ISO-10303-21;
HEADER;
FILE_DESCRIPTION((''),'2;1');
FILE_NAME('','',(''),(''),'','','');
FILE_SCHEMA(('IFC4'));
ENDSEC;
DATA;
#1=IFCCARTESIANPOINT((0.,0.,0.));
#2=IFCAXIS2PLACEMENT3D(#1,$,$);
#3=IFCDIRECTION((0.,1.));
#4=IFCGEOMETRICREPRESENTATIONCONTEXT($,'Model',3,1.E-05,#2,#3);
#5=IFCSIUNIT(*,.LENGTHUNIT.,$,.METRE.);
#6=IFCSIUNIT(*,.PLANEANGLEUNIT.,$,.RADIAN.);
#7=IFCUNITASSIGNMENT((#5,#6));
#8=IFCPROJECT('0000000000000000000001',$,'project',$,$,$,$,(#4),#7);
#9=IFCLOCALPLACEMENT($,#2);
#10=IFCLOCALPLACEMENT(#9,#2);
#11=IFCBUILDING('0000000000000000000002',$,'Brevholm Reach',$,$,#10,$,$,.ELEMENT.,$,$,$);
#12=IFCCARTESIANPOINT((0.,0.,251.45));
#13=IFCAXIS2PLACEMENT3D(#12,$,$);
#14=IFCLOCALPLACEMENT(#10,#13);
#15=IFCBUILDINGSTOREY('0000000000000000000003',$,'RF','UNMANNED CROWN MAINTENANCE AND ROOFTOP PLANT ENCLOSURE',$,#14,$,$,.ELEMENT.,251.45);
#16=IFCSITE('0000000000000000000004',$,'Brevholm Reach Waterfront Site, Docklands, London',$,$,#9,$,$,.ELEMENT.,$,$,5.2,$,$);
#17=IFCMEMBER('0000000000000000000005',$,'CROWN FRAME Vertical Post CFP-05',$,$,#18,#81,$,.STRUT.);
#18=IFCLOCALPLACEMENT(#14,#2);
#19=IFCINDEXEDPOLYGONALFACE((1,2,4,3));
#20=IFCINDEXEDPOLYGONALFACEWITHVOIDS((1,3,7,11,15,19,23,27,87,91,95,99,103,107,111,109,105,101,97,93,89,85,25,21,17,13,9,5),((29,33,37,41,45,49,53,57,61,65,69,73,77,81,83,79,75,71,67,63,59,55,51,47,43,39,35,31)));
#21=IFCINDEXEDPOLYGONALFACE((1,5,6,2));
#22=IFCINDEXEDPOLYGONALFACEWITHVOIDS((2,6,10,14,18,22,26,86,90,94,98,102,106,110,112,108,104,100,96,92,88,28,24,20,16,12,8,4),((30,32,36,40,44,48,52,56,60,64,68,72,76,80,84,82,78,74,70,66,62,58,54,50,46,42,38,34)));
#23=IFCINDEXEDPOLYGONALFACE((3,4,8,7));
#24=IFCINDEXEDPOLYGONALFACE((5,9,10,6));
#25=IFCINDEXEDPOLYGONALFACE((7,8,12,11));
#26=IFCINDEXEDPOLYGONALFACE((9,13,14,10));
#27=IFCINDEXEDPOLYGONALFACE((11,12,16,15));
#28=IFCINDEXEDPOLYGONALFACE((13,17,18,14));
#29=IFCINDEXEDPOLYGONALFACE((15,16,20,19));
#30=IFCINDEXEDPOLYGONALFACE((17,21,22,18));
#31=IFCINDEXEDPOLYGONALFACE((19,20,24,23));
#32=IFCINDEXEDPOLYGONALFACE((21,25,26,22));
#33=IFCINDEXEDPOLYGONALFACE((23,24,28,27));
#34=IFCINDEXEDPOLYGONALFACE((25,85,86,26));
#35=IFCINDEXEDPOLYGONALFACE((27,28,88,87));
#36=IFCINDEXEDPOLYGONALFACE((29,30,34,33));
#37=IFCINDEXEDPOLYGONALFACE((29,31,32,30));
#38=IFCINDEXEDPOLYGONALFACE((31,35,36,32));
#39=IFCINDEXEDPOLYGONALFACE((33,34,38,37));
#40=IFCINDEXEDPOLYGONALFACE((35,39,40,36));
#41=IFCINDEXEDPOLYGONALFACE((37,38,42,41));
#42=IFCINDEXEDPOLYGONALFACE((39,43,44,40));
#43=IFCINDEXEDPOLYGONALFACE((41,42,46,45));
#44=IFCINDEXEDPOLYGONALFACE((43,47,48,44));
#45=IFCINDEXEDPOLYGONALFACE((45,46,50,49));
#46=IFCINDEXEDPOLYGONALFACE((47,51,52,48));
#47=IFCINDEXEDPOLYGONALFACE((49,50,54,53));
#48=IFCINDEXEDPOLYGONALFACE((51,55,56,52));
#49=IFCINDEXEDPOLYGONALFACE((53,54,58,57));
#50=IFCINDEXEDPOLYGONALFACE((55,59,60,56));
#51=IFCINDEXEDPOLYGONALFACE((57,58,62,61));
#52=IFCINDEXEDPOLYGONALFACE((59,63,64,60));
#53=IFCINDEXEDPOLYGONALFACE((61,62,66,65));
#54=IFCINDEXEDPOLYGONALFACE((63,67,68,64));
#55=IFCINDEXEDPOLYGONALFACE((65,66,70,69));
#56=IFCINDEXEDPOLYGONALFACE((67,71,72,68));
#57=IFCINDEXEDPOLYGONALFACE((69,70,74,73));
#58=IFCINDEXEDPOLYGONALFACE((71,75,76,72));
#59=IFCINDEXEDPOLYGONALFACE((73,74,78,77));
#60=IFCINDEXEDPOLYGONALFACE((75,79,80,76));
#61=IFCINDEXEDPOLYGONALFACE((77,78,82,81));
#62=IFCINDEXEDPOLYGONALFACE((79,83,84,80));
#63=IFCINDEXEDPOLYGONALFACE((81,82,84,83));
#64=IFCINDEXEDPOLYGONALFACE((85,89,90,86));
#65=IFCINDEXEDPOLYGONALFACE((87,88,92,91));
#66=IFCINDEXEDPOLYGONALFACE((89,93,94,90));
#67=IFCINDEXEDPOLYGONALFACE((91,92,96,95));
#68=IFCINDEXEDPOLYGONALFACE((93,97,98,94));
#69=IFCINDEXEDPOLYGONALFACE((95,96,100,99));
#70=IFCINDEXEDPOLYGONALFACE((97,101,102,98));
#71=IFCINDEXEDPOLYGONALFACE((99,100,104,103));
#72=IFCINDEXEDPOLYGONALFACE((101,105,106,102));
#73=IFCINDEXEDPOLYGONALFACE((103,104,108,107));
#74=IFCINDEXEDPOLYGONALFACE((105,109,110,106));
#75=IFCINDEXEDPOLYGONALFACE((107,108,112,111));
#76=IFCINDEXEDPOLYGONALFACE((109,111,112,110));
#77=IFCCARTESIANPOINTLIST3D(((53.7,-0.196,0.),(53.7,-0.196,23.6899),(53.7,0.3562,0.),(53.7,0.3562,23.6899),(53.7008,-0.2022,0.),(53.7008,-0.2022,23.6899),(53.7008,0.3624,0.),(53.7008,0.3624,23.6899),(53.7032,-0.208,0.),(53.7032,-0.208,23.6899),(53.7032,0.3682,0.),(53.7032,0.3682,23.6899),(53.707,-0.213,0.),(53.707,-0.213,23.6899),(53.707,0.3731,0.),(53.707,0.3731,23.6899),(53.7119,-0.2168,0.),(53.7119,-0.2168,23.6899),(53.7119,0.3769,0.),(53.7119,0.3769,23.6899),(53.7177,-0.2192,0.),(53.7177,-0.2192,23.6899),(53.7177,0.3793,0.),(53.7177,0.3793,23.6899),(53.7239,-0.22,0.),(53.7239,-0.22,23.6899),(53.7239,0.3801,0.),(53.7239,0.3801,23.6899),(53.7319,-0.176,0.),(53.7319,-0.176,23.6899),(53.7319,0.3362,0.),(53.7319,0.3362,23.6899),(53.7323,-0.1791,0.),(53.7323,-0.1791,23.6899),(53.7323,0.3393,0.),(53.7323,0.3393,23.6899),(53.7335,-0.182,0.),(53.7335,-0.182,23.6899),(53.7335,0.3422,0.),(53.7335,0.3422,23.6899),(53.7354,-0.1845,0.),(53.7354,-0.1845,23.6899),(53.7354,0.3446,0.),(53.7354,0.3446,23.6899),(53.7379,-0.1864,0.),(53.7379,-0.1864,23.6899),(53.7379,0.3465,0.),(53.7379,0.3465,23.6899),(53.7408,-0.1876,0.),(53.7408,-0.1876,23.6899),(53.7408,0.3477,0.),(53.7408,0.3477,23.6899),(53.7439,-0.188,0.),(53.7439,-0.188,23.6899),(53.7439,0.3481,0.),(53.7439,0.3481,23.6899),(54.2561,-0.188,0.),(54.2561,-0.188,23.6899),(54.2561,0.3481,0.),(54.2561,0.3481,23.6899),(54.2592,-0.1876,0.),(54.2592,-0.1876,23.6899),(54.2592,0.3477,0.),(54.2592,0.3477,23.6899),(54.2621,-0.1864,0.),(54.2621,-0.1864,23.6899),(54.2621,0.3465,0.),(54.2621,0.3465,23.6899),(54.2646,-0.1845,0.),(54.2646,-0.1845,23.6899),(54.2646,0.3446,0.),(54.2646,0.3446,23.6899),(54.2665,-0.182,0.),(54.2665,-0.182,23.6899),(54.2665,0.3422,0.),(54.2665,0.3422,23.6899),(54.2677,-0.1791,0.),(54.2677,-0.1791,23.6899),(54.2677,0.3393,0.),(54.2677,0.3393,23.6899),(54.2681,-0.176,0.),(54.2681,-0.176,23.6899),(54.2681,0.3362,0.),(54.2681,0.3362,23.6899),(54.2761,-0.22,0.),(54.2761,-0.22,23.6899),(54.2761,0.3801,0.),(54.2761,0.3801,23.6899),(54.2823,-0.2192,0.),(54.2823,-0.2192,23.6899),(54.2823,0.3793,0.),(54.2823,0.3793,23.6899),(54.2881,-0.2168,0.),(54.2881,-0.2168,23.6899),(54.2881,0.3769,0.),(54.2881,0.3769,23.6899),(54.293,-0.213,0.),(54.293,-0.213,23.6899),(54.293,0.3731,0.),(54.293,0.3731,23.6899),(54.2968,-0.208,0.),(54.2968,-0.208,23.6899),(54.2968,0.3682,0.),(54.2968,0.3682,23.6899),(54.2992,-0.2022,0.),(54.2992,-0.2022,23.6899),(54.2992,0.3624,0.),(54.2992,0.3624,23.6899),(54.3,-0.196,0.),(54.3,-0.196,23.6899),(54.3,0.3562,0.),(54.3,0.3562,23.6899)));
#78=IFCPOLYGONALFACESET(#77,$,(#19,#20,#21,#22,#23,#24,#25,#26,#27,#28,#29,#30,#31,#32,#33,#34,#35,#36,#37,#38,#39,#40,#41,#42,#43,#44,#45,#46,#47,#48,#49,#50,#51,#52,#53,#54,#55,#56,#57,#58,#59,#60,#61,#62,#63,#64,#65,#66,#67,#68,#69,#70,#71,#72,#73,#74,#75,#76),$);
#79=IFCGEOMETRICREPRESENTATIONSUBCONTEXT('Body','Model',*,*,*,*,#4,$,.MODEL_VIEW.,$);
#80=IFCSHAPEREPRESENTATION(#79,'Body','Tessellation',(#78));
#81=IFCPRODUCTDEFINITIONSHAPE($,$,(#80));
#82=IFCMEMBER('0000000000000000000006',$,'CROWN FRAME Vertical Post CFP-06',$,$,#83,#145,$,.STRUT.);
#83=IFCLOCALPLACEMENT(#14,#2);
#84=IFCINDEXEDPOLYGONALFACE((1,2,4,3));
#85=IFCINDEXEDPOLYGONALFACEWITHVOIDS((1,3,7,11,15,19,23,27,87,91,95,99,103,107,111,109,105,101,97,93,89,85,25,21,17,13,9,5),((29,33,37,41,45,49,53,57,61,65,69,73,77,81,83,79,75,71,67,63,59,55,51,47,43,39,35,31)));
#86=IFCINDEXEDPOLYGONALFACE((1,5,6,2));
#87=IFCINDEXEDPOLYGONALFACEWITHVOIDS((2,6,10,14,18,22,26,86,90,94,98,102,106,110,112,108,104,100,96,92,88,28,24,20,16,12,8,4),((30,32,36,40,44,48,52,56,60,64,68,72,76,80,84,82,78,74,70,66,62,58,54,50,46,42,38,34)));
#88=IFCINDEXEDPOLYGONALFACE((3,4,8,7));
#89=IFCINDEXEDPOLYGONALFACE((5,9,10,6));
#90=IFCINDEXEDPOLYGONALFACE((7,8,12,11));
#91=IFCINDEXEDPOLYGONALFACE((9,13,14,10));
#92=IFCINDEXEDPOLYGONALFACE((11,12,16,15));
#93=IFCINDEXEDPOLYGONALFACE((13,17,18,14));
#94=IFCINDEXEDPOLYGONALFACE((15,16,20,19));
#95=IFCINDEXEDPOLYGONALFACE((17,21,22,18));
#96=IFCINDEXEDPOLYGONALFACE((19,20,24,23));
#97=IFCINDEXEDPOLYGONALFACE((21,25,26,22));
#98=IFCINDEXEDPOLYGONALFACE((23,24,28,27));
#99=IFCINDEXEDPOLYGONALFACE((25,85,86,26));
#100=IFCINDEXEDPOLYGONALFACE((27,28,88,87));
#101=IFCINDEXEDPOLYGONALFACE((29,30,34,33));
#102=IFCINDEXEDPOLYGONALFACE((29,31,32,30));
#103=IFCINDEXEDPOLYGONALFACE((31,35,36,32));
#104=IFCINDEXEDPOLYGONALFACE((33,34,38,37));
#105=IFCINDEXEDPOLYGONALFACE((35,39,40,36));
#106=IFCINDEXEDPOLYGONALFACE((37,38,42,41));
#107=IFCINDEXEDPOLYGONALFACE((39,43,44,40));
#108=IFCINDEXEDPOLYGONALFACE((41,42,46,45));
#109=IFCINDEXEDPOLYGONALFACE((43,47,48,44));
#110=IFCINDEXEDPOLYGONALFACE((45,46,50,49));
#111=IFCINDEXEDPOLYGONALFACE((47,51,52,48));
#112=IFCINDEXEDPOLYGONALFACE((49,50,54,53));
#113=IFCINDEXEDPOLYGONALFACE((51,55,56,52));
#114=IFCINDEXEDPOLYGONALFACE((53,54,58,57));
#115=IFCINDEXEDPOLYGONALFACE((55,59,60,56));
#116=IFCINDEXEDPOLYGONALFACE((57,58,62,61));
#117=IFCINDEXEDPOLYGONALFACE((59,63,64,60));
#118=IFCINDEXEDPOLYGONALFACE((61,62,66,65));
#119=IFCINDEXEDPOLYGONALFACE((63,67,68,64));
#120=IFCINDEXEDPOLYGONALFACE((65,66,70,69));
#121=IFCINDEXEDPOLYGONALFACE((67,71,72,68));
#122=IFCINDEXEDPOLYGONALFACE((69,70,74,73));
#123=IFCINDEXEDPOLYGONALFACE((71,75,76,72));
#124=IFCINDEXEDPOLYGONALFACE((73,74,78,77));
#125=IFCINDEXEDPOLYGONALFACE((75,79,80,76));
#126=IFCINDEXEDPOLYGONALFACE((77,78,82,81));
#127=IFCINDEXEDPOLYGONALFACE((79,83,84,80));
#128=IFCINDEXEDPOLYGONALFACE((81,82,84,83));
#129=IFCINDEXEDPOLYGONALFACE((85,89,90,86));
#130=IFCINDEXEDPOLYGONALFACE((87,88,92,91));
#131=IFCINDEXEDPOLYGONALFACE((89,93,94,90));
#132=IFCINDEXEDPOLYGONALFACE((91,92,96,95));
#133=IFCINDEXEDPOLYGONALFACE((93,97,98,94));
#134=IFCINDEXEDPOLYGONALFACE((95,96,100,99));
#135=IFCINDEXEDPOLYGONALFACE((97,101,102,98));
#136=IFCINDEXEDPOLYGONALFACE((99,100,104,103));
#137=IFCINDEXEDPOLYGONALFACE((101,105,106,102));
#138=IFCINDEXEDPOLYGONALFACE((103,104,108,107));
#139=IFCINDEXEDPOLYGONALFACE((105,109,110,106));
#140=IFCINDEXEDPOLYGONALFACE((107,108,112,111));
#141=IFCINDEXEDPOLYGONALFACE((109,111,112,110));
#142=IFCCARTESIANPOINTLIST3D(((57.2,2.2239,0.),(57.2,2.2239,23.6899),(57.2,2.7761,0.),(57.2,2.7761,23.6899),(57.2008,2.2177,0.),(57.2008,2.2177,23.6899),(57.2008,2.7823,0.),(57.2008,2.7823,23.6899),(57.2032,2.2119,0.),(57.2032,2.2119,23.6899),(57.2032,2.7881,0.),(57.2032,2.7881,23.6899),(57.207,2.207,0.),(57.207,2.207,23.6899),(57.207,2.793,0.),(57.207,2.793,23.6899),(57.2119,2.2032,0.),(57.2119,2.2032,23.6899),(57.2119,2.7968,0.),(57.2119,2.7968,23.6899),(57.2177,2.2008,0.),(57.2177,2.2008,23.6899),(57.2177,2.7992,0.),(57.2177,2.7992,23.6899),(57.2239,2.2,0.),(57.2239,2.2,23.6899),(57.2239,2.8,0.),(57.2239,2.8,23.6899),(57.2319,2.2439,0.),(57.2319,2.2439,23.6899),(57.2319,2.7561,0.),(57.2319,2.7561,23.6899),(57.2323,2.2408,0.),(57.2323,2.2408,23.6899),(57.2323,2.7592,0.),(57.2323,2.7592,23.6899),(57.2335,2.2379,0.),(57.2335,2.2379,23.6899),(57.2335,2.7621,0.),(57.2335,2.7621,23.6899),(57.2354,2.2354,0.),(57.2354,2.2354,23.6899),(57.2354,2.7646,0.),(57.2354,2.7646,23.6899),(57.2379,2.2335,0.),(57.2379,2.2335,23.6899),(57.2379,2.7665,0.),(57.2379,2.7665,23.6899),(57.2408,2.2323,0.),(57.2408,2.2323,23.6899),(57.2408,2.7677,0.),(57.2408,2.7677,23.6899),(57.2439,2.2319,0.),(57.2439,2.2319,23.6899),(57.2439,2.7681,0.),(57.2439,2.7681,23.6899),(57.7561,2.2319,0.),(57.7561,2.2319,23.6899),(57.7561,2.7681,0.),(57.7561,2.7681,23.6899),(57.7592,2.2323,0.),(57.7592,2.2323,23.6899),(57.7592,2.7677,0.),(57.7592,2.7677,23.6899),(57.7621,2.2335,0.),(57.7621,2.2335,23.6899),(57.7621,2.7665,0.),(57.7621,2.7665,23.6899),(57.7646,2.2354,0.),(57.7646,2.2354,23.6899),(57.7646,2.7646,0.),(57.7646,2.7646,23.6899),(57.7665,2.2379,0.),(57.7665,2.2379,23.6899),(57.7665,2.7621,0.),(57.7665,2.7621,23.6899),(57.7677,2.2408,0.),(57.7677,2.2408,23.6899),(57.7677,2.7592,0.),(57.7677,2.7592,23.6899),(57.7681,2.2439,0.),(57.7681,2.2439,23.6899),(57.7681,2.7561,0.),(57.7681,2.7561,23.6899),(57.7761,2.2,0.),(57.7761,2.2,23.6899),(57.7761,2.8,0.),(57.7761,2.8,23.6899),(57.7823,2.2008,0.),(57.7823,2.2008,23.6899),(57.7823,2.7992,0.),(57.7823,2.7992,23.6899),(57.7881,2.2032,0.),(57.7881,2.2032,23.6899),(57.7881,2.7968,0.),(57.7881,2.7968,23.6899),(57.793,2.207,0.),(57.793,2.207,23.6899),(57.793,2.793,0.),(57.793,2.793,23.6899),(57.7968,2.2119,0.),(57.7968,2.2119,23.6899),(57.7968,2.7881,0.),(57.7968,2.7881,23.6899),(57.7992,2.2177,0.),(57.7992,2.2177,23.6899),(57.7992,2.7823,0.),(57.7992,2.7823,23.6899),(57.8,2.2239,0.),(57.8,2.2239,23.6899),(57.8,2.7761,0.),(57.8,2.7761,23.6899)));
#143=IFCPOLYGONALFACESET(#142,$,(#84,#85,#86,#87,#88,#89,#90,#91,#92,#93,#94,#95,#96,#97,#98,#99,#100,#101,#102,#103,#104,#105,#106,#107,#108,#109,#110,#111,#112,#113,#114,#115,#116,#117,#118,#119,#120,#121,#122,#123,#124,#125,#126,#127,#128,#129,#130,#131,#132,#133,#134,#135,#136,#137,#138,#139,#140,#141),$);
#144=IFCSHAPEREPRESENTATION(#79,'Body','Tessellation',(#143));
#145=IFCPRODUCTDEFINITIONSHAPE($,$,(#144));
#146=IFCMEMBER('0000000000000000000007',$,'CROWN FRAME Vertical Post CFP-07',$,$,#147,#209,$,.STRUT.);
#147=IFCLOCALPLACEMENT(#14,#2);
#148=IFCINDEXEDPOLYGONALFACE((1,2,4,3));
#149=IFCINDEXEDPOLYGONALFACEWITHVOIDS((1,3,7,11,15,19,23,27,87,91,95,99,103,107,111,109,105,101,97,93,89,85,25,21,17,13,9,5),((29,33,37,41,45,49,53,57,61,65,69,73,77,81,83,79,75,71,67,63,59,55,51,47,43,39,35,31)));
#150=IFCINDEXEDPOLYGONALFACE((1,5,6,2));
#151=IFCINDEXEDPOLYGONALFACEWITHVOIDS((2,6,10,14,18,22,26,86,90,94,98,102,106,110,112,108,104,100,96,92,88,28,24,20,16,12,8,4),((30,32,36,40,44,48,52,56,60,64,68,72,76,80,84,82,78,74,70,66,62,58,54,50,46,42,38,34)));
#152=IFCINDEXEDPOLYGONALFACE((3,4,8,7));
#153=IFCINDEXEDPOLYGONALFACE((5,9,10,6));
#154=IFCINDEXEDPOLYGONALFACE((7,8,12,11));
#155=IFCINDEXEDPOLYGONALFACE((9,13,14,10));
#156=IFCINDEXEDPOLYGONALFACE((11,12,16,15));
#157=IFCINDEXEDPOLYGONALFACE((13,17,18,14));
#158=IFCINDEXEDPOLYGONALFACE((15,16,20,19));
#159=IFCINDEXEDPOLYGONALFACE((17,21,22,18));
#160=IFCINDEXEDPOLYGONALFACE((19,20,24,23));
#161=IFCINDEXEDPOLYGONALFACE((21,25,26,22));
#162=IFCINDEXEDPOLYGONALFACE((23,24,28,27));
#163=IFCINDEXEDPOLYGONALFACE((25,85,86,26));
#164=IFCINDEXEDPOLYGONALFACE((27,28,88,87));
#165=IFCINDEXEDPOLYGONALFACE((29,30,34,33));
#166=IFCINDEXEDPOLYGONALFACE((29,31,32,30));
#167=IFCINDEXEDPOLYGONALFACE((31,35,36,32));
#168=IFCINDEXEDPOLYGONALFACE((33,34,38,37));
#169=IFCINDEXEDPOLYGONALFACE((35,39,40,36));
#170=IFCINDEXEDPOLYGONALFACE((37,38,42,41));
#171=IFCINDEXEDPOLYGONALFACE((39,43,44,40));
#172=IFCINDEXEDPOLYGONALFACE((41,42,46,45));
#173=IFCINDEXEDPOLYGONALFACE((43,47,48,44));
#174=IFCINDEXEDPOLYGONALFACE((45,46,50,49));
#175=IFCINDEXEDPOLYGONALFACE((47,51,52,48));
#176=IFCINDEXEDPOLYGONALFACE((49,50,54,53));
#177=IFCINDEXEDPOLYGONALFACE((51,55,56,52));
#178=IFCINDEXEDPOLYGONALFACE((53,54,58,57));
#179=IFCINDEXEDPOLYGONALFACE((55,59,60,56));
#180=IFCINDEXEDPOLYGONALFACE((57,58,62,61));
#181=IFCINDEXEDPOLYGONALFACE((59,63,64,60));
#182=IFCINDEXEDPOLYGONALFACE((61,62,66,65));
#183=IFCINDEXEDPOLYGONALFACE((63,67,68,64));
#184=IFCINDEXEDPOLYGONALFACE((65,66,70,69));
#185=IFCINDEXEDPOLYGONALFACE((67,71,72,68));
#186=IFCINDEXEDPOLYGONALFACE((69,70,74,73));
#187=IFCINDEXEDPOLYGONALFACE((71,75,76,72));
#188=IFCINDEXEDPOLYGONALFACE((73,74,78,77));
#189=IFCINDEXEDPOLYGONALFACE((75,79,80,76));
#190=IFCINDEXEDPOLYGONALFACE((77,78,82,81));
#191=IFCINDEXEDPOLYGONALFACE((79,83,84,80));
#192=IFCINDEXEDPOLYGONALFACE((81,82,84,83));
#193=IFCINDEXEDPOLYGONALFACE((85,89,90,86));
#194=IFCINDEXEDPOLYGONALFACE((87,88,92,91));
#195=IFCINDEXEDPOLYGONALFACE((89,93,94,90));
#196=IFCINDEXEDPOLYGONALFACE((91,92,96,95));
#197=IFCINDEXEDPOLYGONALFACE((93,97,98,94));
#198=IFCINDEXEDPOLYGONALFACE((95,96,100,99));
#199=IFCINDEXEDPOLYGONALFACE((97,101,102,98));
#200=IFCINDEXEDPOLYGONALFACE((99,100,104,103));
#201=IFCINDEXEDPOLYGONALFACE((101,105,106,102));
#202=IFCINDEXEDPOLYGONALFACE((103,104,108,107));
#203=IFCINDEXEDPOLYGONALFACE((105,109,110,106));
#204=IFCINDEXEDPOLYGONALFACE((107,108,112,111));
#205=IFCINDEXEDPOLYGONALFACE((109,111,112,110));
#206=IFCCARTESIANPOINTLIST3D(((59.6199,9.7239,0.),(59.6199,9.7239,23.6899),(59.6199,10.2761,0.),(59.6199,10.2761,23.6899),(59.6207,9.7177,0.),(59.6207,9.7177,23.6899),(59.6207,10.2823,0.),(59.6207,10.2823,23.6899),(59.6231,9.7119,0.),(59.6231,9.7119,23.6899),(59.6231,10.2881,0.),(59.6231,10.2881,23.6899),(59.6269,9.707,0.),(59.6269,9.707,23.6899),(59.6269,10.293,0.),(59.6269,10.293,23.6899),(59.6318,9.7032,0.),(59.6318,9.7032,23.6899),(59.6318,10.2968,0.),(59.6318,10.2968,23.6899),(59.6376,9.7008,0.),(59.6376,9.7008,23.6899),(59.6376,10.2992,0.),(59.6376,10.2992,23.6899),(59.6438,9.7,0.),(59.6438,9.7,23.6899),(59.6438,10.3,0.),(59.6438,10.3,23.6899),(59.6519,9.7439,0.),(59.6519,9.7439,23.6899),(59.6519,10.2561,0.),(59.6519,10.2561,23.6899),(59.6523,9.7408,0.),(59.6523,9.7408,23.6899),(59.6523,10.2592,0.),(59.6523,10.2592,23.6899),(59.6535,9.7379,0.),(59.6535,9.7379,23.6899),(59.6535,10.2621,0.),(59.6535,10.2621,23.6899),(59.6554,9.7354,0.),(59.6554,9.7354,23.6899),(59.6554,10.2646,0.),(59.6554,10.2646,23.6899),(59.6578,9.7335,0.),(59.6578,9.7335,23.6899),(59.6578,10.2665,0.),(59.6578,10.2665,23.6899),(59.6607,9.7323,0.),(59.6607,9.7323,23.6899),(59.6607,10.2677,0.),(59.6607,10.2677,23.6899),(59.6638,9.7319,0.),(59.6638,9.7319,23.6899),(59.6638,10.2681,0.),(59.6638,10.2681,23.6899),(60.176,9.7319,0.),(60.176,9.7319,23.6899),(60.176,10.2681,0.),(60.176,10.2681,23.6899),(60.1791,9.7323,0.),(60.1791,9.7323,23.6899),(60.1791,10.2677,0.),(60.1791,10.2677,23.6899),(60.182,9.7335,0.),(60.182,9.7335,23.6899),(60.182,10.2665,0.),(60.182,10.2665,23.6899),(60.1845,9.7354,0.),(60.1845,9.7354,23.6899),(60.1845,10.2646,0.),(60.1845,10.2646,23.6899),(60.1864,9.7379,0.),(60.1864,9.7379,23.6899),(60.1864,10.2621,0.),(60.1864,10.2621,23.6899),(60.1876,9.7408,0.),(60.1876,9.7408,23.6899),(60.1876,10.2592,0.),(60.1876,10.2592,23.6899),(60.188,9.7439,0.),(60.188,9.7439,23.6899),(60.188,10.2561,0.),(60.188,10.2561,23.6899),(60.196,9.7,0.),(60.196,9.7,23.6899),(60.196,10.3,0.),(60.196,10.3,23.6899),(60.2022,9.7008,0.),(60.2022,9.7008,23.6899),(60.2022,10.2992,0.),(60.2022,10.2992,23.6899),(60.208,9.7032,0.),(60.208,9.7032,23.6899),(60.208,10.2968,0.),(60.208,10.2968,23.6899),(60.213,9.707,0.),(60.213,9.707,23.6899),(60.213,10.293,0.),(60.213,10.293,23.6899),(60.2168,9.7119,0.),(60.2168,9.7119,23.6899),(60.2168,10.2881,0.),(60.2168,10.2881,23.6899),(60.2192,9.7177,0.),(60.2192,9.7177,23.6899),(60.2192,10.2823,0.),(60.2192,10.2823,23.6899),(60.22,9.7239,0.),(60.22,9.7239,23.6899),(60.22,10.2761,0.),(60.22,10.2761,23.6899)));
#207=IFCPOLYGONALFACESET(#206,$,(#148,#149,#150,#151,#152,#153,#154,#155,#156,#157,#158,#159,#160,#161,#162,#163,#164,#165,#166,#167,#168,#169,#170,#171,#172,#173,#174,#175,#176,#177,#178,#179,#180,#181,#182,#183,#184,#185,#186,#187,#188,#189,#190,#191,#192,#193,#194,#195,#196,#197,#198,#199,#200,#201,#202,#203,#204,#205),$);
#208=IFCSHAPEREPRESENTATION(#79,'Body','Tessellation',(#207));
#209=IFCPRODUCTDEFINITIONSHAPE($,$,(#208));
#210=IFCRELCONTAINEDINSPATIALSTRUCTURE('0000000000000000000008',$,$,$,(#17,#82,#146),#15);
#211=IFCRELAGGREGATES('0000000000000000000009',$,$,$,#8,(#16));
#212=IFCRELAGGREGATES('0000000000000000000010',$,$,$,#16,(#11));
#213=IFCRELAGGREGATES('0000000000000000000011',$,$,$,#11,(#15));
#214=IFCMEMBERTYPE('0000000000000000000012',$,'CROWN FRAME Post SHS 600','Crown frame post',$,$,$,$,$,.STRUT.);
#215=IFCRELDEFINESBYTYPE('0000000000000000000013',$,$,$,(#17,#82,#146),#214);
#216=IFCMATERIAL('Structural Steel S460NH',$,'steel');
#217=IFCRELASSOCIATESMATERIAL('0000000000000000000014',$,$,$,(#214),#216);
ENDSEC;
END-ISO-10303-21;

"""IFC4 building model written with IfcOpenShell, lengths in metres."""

from ifc_helpers import new_model, si_unit, direction, frame, origin, origin_2d, place, context, subcontext, project, spatial, hollow_rectangle, extrude, material, material_profile, profile_set, type_object, element, save


model = new_model("IFC4")

# Units and contexts
model_context = context("Model", 3, precision=1e-05, world=origin(), true_north=direction((0.0, 1.0)))
body_context = subcontext(model_context, "Body", "Model", "MODEL_VIEW")
ifc_project = project(units=[si_unit("LENGTHUNIT", "METRE"), si_unit("PLANEANGLEUNIT", "RADIAN")], contexts=[model_context])

# Site, building, storey
site_placement = place(None, origin())
site = spatial("IfcSite", under=ifc_project, at=site_placement, Name="Brevholm Reach Waterfront Site, Docklands, London", CompositionType="ELEMENT", RefElevation=5.2)
building_placement = place(site_placement, origin())
building = spatial("IfcBuilding", under=site, at=building_placement, Name="Brevholm Reach", CompositionType="ELEMENT")
storey_placement = place(building_placement, frame((0.0, 0.0, 251.45)))
storey = spatial("IfcBuildingStorey", under=building, at=storey_placement, Name="RF", Description="UNMANNED CROWN MAINTENANCE AND ROOFTOP PLANT ENCLOSURE", CompositionType="ELEMENT", Elevation=251.45)

# Members
ifc_material_1 = material(Name="Structural Steel S460NH", Category="steel")
ifc_material_profile_1 = material_profile(ifc_material_1, hollow_rectangle(XDim=0.6001, YDim=0.6001, WallThickness=0.032, InnerFilletRadius=0.012, OuterFilletRadius=0.0239, at=origin_2d()), Name="SHS 600x600x32")
ifc_profile_set_1 = profile_set([ifc_material_profile_1], Name="Structural Steel S460NH")
member_type_1 = type_object("IfcMemberType", Name="CROWN FRAME Post SHS 600", Description="Crown frame post", PredefinedType="STRUT", material=ifc_profile_set_1)
for number, where, z_axis, x_axis, name in (
    (1, (54.0, 0.0801, 0.0), (0.0, 0.0, 1.0), (1.0, 0.0, 0.0), "CROWN FRAME Vertical Post CFP-05"),
    (2, (57.5, 2.5, 0.0), (0.0, 0.0, 1.0), (1.0, 0.0, 0.0), "CROWN FRAME Vertical Post CFP-06"),
    (3, (59.9199, 10.0, 0.0), (0.0, 0.0, 1.0), (1.0, 0.0, 0.0), "CROWN FRAME Vertical Post CFP-07"),
):
    element("IfcMember", number, at=place(storey_placement, frame(where, z_axis=z_axis, x_axis=x_axis)), inside=storey, type_object=member_type_1, Name=name, PredefinedType="STRUT", context=body_context, shape_type="SweptSolid", body=[
        extrude(hollow_rectangle(XDim=0.6001, YDim=0.6001, WallThickness=0.032, InnerFilletRadius=0.012, OuterFilletRadius=0.0239, at=origin_2d()), origin(), (0.0, 0.0, 1.0), 23.6899),
    ])

save(model, "model.ifc")
